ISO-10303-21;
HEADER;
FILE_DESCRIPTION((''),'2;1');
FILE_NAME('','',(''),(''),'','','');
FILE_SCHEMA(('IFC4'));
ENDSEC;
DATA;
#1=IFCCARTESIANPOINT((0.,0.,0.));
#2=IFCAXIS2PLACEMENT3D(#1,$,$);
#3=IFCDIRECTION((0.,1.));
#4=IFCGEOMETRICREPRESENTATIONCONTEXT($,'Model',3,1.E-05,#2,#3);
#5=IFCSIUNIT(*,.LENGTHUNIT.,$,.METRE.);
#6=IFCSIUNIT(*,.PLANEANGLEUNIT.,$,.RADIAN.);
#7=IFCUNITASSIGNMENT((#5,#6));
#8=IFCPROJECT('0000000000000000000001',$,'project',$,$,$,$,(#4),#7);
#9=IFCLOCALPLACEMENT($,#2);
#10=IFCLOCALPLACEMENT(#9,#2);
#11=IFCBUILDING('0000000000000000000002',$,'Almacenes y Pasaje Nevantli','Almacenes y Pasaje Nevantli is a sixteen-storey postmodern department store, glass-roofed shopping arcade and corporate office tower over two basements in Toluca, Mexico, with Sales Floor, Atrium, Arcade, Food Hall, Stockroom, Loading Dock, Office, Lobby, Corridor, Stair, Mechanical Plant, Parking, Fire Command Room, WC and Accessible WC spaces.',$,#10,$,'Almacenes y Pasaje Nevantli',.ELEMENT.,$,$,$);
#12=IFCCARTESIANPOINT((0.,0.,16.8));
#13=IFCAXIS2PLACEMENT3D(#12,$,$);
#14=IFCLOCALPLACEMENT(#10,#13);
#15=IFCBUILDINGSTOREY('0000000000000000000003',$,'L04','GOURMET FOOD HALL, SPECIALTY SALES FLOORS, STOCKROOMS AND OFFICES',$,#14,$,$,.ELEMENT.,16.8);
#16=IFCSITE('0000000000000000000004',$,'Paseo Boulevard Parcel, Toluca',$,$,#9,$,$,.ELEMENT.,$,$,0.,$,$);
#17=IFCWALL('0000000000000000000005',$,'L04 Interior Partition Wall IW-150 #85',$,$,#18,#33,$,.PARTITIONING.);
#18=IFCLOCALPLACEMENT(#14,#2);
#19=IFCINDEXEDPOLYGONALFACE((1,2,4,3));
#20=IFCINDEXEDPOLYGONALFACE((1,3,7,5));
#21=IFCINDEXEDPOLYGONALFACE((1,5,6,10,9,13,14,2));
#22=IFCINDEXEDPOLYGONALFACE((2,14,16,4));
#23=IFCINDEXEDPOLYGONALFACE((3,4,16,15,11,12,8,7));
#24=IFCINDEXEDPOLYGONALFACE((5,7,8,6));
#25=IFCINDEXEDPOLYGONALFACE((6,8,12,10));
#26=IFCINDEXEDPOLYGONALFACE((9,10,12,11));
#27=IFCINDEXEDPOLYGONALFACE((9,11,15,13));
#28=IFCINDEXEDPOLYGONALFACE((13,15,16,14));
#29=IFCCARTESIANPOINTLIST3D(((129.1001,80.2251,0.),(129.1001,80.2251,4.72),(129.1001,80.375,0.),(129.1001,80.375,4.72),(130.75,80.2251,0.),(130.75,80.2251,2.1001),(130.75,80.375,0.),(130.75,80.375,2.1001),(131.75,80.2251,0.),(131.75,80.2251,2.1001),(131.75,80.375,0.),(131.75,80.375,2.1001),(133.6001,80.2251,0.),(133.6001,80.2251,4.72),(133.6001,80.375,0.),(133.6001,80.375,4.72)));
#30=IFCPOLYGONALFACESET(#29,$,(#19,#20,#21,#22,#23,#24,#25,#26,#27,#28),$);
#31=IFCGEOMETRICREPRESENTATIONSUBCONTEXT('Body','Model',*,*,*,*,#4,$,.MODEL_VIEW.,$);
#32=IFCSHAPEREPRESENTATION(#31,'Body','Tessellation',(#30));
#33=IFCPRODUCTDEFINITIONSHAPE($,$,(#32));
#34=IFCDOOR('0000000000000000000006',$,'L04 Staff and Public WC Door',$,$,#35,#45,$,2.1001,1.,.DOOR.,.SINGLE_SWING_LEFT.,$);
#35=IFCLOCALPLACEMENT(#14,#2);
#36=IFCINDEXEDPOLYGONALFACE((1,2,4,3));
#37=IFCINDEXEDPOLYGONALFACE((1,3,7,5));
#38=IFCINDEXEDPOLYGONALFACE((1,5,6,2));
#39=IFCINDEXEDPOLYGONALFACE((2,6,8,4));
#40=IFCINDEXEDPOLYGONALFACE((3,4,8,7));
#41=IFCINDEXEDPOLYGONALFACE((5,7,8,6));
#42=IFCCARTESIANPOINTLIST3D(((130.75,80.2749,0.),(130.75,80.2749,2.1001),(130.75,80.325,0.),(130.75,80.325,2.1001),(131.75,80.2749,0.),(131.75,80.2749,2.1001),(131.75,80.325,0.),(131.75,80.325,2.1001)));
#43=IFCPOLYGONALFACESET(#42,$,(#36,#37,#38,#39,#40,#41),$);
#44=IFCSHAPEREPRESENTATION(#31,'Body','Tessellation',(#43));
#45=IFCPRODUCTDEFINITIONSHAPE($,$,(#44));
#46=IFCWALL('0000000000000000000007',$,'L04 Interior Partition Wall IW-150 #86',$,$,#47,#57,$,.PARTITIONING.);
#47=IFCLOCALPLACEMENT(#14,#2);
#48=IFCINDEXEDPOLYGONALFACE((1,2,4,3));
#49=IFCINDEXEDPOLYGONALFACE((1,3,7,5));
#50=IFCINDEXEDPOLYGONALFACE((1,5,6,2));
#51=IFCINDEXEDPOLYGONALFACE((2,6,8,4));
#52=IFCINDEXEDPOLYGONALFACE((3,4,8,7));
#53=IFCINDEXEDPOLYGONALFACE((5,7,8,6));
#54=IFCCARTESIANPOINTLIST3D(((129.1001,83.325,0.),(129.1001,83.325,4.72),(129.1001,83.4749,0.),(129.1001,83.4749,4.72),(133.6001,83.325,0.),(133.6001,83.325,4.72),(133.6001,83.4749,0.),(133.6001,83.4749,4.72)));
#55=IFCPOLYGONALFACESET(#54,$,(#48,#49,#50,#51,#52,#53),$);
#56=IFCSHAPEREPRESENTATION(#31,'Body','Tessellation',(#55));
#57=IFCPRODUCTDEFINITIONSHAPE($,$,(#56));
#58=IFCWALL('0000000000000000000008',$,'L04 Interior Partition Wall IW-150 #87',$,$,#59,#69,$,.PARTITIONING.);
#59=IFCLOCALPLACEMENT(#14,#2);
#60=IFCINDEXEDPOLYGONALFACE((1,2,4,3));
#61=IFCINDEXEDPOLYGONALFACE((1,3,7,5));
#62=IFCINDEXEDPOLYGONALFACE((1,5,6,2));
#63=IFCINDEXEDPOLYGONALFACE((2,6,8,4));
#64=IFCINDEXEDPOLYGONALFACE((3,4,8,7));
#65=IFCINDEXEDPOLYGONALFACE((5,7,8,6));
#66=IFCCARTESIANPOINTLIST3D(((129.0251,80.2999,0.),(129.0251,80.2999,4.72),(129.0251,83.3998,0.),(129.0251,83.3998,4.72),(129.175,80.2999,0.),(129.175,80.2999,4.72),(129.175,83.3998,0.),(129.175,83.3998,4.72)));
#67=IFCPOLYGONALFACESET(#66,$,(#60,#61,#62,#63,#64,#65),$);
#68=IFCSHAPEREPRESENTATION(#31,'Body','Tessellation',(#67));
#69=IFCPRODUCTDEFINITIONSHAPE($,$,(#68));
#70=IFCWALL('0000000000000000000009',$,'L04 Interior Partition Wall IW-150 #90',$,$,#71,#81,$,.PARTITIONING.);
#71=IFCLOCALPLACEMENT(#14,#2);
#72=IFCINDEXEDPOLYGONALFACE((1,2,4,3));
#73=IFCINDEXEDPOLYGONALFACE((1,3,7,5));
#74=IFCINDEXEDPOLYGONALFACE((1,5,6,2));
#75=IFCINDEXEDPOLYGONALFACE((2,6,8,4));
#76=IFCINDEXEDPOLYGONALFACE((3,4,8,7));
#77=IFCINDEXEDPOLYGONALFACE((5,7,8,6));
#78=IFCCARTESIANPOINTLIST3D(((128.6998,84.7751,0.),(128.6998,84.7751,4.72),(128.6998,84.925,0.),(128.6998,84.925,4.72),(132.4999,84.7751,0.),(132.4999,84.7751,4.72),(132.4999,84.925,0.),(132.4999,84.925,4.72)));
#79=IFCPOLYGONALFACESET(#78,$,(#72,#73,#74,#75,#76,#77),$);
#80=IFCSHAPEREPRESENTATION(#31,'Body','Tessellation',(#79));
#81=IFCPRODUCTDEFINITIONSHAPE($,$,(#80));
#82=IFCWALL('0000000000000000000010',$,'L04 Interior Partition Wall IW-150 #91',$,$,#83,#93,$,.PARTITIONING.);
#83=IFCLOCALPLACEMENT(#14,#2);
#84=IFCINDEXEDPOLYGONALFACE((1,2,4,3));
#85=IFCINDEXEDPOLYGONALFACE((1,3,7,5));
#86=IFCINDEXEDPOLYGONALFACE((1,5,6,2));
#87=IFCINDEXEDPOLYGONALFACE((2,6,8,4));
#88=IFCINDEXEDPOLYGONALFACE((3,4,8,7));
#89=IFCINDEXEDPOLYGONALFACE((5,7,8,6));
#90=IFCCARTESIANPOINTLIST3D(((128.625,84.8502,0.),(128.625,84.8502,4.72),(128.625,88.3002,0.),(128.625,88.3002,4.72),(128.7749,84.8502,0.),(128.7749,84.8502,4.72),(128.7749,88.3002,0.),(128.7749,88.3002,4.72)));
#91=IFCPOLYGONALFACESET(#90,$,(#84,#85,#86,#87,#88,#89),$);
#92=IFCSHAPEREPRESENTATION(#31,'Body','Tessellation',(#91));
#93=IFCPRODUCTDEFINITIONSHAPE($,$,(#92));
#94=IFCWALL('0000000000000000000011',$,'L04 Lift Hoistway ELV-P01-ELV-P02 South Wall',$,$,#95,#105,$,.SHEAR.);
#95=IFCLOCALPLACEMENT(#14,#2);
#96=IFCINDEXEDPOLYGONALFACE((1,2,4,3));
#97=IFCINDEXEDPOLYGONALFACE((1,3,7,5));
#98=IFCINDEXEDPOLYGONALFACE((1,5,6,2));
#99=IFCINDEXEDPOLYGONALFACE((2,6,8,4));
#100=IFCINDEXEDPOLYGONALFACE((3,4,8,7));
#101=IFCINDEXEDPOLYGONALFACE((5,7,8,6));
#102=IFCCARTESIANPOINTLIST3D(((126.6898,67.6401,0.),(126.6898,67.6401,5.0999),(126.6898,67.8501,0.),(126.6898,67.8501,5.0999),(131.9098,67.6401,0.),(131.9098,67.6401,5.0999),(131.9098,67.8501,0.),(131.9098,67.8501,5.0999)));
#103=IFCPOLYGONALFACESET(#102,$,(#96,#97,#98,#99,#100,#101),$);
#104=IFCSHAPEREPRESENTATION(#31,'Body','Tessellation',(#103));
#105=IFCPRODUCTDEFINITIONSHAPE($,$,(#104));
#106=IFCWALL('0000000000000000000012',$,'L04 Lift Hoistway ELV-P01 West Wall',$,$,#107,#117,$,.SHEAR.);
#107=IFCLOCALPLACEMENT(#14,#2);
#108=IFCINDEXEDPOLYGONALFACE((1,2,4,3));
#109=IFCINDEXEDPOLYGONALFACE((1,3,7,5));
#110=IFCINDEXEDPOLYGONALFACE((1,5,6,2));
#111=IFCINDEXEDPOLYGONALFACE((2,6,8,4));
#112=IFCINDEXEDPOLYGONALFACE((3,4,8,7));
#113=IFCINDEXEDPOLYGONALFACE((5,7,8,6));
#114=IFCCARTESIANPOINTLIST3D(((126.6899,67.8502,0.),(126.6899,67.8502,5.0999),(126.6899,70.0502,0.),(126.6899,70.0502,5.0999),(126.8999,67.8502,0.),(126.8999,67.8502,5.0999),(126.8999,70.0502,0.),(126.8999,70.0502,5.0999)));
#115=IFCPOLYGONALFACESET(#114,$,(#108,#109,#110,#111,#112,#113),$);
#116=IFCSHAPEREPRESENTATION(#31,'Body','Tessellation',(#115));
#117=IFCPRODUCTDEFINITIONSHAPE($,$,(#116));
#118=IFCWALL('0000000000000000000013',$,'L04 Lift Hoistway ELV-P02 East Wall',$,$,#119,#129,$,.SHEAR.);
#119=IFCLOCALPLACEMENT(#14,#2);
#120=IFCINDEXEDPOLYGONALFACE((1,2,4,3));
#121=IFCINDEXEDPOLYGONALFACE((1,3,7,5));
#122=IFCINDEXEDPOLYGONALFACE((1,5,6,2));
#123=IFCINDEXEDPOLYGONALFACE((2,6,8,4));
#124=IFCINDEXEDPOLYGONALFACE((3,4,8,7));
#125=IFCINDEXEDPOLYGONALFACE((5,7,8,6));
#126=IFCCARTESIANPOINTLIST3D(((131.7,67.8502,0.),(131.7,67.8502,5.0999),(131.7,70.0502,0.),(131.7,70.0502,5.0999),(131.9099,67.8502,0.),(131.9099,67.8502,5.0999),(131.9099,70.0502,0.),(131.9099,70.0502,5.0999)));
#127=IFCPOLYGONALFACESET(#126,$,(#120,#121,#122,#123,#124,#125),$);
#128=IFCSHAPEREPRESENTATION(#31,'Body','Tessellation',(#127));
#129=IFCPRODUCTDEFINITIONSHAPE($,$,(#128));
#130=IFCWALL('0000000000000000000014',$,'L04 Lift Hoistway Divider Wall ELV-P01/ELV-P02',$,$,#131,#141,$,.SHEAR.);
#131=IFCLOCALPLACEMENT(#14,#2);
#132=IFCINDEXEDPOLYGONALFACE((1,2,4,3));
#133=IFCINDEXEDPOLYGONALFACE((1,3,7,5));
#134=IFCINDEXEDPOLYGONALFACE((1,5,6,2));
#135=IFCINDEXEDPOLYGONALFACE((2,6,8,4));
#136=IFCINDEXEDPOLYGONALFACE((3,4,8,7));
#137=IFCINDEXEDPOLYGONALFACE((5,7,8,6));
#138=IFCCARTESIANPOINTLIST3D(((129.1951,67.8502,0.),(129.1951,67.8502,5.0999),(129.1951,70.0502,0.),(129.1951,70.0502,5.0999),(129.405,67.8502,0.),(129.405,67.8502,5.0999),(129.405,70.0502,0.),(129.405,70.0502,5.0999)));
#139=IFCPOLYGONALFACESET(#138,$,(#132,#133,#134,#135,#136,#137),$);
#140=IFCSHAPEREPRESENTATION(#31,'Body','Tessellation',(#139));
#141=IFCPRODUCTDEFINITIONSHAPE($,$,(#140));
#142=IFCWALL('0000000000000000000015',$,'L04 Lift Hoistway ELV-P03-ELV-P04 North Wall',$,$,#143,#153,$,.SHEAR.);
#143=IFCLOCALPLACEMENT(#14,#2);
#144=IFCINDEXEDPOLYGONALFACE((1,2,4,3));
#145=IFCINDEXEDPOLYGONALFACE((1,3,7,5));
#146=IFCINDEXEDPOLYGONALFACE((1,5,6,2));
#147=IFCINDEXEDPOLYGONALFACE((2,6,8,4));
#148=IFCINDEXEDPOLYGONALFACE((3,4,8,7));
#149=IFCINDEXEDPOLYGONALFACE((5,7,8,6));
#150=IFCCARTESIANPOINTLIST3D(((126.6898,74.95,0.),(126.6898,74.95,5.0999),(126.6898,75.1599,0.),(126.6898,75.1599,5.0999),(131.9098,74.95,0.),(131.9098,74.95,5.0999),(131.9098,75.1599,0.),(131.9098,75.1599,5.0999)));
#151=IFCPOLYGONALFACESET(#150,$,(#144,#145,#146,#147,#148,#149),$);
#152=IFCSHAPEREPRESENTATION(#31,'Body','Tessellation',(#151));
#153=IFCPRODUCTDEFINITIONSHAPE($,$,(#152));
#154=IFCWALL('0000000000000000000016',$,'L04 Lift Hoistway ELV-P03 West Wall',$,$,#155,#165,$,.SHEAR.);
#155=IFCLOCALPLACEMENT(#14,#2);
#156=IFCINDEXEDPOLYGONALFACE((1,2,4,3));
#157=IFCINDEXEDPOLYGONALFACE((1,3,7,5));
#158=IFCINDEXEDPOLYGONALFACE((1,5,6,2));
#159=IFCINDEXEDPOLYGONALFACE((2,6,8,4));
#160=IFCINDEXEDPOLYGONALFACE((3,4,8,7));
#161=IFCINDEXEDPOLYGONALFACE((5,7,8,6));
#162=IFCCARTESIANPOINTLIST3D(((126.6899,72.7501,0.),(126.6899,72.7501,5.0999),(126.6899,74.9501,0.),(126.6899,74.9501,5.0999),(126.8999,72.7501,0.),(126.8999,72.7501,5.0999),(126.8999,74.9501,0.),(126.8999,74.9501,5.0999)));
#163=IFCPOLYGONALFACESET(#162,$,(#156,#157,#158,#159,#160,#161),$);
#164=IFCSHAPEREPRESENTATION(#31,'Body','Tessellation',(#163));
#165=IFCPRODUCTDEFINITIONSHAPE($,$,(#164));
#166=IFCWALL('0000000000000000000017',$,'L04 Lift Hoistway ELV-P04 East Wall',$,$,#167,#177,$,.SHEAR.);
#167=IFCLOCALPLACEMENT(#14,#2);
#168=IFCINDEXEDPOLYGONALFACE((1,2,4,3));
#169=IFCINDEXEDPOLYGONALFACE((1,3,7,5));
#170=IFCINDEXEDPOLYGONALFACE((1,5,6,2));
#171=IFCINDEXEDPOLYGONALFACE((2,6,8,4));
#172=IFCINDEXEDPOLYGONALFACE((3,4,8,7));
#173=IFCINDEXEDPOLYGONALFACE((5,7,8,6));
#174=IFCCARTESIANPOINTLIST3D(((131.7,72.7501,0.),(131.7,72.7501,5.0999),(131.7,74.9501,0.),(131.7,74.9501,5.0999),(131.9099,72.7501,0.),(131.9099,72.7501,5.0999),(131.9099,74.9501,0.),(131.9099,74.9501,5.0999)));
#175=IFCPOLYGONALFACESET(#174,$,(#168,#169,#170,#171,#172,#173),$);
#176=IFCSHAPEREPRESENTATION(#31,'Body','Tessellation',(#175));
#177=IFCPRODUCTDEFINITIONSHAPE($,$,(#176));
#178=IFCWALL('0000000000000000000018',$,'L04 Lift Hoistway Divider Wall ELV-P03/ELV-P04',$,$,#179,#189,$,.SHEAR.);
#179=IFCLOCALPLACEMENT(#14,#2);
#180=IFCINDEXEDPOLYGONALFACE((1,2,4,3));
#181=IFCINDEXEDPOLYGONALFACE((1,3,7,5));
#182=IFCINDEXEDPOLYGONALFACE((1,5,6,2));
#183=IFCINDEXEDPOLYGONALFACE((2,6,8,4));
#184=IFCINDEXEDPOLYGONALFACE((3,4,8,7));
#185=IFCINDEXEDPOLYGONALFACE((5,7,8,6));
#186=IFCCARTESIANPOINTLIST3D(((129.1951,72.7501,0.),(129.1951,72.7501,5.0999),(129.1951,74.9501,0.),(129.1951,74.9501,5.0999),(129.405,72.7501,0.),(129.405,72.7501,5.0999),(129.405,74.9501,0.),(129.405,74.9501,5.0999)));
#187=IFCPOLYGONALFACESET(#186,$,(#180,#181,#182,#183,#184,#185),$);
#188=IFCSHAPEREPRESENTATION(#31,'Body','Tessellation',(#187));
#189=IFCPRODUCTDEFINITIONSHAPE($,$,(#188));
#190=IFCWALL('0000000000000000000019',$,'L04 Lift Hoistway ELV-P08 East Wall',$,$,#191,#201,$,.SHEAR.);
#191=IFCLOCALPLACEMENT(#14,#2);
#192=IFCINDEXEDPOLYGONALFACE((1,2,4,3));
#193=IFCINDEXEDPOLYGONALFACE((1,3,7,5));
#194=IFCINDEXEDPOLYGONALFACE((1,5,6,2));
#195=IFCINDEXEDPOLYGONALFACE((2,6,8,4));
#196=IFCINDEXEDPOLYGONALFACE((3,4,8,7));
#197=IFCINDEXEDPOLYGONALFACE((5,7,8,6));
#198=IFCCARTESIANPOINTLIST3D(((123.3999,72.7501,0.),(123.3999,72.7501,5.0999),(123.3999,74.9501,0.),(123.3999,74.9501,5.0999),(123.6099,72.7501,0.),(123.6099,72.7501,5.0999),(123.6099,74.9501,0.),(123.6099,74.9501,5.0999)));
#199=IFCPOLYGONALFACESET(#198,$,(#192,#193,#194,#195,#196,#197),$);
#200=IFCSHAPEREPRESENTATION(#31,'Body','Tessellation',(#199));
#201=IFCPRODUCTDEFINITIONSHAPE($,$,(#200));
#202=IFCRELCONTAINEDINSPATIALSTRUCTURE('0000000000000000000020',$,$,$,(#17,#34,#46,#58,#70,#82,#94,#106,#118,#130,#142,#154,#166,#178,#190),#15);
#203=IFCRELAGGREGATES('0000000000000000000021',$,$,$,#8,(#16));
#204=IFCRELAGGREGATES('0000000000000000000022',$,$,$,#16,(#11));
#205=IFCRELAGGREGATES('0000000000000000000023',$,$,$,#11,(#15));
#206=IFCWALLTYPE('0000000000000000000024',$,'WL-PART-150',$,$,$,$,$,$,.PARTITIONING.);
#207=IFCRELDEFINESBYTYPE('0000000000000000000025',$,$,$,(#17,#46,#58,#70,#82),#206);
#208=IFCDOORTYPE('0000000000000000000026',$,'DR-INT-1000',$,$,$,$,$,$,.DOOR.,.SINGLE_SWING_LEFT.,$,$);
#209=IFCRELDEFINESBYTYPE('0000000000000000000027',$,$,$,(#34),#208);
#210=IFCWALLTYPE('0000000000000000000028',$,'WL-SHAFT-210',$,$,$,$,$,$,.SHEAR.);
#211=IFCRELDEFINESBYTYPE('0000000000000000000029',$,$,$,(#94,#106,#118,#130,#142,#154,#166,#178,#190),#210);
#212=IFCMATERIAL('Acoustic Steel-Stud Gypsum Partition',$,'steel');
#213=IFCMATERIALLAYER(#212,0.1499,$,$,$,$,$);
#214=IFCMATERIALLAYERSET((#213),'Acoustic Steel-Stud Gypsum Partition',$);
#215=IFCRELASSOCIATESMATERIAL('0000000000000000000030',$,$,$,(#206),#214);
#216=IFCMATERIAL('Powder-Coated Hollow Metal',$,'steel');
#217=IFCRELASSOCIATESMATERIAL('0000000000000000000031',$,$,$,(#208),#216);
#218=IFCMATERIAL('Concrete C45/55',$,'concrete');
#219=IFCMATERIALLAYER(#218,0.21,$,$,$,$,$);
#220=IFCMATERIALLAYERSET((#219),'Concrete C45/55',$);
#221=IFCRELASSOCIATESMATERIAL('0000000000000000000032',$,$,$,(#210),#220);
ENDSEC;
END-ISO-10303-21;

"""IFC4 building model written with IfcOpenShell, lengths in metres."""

from ifc_helpers import new_model, si_unit, direction, frame, frame_2d, origin, place, context, subcontext, project, spatial, rectangle, extrude, material, layer, layer_set, type_object, element, fill, save


model = new_model("IFC4")

# Units and contexts
model_context = context("Model", 3, precision=1e-05, world=origin(), true_north=direction((0.0, 1.0)))
body_context = subcontext(model_context, "Body", "Model", "MODEL_VIEW")
ifc_project = project(units=[si_unit("LENGTHUNIT", "METRE"), si_unit("PLANEANGLEUNIT", "RADIAN")], contexts=[model_context])

# Site, building, storey
site_placement = place(None, origin())
site = spatial("IfcSite", under=ifc_project, at=site_placement, Name="Paseo Boulevard Parcel, Toluca", CompositionType="ELEMENT", RefElevation=0.0)
building_placement = place(site_placement, origin())
building = spatial("IfcBuilding", under=site, at=building_placement, Name="Almacenes y Pasaje Nevantli", Description="Almacenes y Pasaje Nevantli is a sixteen-storey postmodern department store, glass-roofed shopping arcade and corporate office tower over two basements in Toluca, Mexico, with Sales Floor, Atrium, Arcade, Food Hall, Stockroom, Loading Dock, Office, Lobby, Corridor, Stair, Mechanical Plant, Parking, Fire Command Room, WC and Accessible WC spaces.", LongName="Almacenes y Pasaje Nevantli", CompositionType="ELEMENT")
storey_placement = place(building_placement, frame((0.0, 0.0, 16.8)))
storey = spatial("IfcBuildingStorey", under=building, at=storey_placement, Name="L04", Description="GOURMET FOOD HALL, SPECIALTY SALES FLOORS, STOCKROOMS AND OFFICES", CompositionType="ELEMENT", Elevation=16.8)

# Wall, opening, door
ifc_material_1 = material(Name="Acoustic Steel-Stud Gypsum Partition", Category="steel")
ifc_layer_1 = layer(ifc_material_1, 0.1499)
ifc_layer_set_1 = layer_set([ifc_layer_1], Name="Acoustic Steel-Stud Gypsum Partition")
wall_type_1 = type_object("IfcWallType", Name="WL-PART-150", PredefinedType="PARTITIONING", material=ifc_layer_set_1)
wall_1_placement = place(storey_placement, frame((129.1001, 80.3, 0.0), z_axis=(0.0, 0.0, 1.0), x_axis=(1.0, 0.0, 0.0)))
wall_1 = element("IfcWall", 1, at=wall_1_placement, inside=storey, type_object=wall_type_1, Name="L04 Interior Partition Wall IW-150 #85", PredefinedType="PARTITIONING", context=body_context, shape_type="SweptSolid", body=[
    extrude(rectangle(XDim=4.5, YDim=0.1499, at=frame_2d((2.25, 0.0))), origin(), (0.0, 0.0, 1.0), 4.72),
])
opening_1_placement = place(wall_1_placement, frame((1.6499, 0.0, 0.0)))
opening_1 = element("IfcOpeningElement", 2, at=opening_1_placement, cuts=wall_1, PredefinedType="OPENING", context=body_context, shape_type="SweptSolid", body=[
    extrude(rectangle(XDim=1.0, YDim=2.1001, at=frame_2d((0.5, 1.05))), frame((0.0, 0.085, 0.0), z_axis=(0.0, -1.0, 0.0), x_axis=(1.0, 0.0, 0.0)), (0.0, 0.0, 1.0), 0.1699),
])
ifc_material_2 = material(Name="Powder-Coated Hollow Metal", Category="steel")
door_type_1 = type_object("IfcDoorType", Name="DR-INT-1000", OperationType="SINGLE_SWING_LEFT", PredefinedType="DOOR", material=ifc_material_2)
door_1_placement = place(opening_1_placement, origin())
door_1 = element("IfcDoor", 3, at=door_1_placement, inside=storey, type_object=door_type_1, Name="L04 Staff and Public WC Door", OperationType="SINGLE_SWING_LEFT", OverallHeight=2.1001, OverallWidth=1.0, PredefinedType="DOOR", context=body_context, shape_type="SweptSolid", body=[
    extrude(rectangle(XDim=1.0, YDim=2.1001, at=frame_2d((0.5, 1.05))), frame((0.0, 0.0249, 0.0), z_axis=(0.0, -1.0, 0.0), x_axis=(1.0, 0.0, 0.0)), (0.0, 0.0, 1.0), 0.05),
])
fill(opening_1, door_1)

# Walls
wall_2_placement = place(storey_placement, frame((129.1001, 83.3999, 0.0), z_axis=(0.0, 0.0, 1.0), x_axis=(1.0, 0.0, 0.0)))
element("IfcWall", 4, at=wall_2_placement, inside=storey, type_object=wall_type_1, Name="L04 Interior Partition Wall IW-150 #86", PredefinedType="PARTITIONING", context=body_context, shape_type="SweptSolid", body=[
    extrude(rectangle(XDim=4.5, YDim=0.1499, at=frame_2d((2.25, 0.0))), origin(), (0.0, 0.0, 1.0), 4.72),
])
wall_3_placement = place(storey_placement, frame((129.1001, 80.3, 0.0), z_axis=(0.0, 0.0, 1.0), x_axis=(0.0, 1.0, 0.0)))
element("IfcWall", 5, at=wall_3_placement, inside=storey, type_object=wall_type_1, Name="L04 Interior Partition Wall IW-150 #87", PredefinedType="PARTITIONING", context=body_context, shape_type="SweptSolid", body=[
    extrude(rectangle(XDim=3.0999, YDim=0.1499, at=frame_2d((1.5498, 0.0))), origin(), (0.0, 0.0, 1.0), 4.72),
])
wall_4_placement = place(storey_placement, frame((128.7, 84.8501, 0.0), z_axis=(0.0, 0.0, 1.0), x_axis=(1.0, 0.0, 0.0)))
element("IfcWall", 6, at=wall_4_placement, inside=storey, type_object=wall_type_1, Name="L04 Interior Partition Wall IW-150 #90", PredefinedType="PARTITIONING", context=body_context, shape_type="SweptSolid", body=[
    extrude(rectangle(XDim=3.8, YDim=0.1499, at=frame_2d((1.8999, 0.0))), origin(), (0.0, 0.0, 1.0), 4.72),
])
wall_5_placement = place(storey_placement, frame((128.7, 84.8501, 0.0), z_axis=(0.0, 0.0, 1.0), x_axis=(0.0, 1.0, 0.0)))
element("IfcWall", 7, at=wall_5_placement, inside=storey, type_object=wall_type_1, Name="L04 Interior Partition Wall IW-150 #91", PredefinedType="PARTITIONING", context=body_context, shape_type="SweptSolid", body=[
    extrude(rectangle(XDim=3.45, YDim=0.1499, at=frame_2d((1.7251, 0.0))), origin(), (0.0, 0.0, 1.0), 4.72),
])
ifc_material_3 = material(Name="Concrete C45/55", Category="concrete")
ifc_layer_2 = layer(ifc_material_3, 0.21)
ifc_layer_set_2 = layer_set([ifc_layer_2], Name="Concrete C45/55")
wall_type_2 = type_object("IfcWallType", Name="WL-SHAFT-210", PredefinedType="SHEAR", material=ifc_layer_set_2)
wall_6_placement = place(storey_placement, frame((126.6899, 67.7451, 0.0), z_axis=(0.0, 0.0, 1.0), x_axis=(1.0, 0.0, 0.0)))
element("IfcWall", 8, at=wall_6_placement, inside=storey, type_object=wall_type_2, Name="L04 Lift Hoistway ELV-P01-ELV-P02 South Wall", PredefinedType="SHEAR", context=body_context, shape_type="SweptSolid", body=[
    extrude(rectangle(XDim=5.22, YDim=0.21, at=frame_2d((2.6099, 0.0))), origin(), (0.0, 0.0, 1.0), 5.0999),
])

# Walls
for number, where, z_axis, x_axis, name in (
    (9, (126.7949, 67.8501, 0.0), (0.0, 0.0, 1.0), (0.0, 1.0, 0.0), "L04 Lift Hoistway ELV-P01 West Wall"),
    (10, (131.8049, 67.8501, 0.0), (0.0, 0.0, 1.0), (0.0, 1.0, 0.0), "L04 Lift Hoistway ELV-P02 East Wall"),
    (11, (129.3, 67.8501, 0.0), (0.0, 0.0, 1.0), (0.0, 1.0, 0.0), "L04 Lift Hoistway Divider Wall ELV-P01/ELV-P02"),
):
    element("IfcWall", number, at=place(storey_placement, frame(where, z_axis=z_axis, x_axis=x_axis)), inside=storey, type_object=wall_type_2, Name=name, PredefinedType="SHEAR", context=body_context, shape_type="SweptSolid", body=[
        extrude(rectangle(XDim=2.2, YDim=0.21, at=frame_2d((1.1001, 0.0))), origin(), (0.0, 0.0, 1.0), 5.0999),
    ])

# Walls
wall_7_placement = place(storey_placement, frame((126.6899, 75.0549, 0.0), z_axis=(0.0, 0.0, 1.0), x_axis=(1.0, 0.0, 0.0)))
element("IfcWall", 12, at=wall_7_placement, inside=storey, type_object=wall_type_2, Name="L04 Lift Hoistway ELV-P03-ELV-P04 North Wall", PredefinedType="SHEAR", context=body_context, shape_type="SweptSolid", body=[
    extrude(rectangle(XDim=5.22, YDim=0.21, at=frame_2d((2.6099, 0.0))), origin(), (0.0, 0.0, 1.0), 5.0999),
])
for number, where, z_axis, x_axis, name in (
    (13, (126.7949, 72.75, 0.0), (0.0, 0.0, 1.0), (0.0, 1.0, 0.0), "L04 Lift Hoistway ELV-P03 West Wall"),
    (14, (131.8049, 72.75, 0.0), (0.0, 0.0, 1.0), (0.0, 1.0, 0.0), "L04 Lift Hoistway ELV-P04 East Wall"),
    (15, (129.3, 72.75, 0.0), (0.0, 0.0, 1.0), (0.0, 1.0, 0.0), "L04 Lift Hoistway Divider Wall ELV-P03/ELV-P04"),
    (16, (123.5049, 72.75, 0.0), (0.0, 0.0, 1.0), (0.0, 1.0, 0.0), "L04 Lift Hoistway ELV-P08 East Wall"),
):
    element("IfcWall", number, at=place(storey_placement, frame(where, z_axis=z_axis, x_axis=x_axis)), inside=storey, type_object=wall_type_2, Name=name, PredefinedType="SHEAR", context=body_context, shape_type="SweptSolid", body=[
        extrude(rectangle(XDim=2.2, YDim=0.21, at=frame_2d((1.1001, 0.0))), origin(), (0.0, 0.0, 1.0), 5.0999),
    ])

save(model, "model.ifc")
